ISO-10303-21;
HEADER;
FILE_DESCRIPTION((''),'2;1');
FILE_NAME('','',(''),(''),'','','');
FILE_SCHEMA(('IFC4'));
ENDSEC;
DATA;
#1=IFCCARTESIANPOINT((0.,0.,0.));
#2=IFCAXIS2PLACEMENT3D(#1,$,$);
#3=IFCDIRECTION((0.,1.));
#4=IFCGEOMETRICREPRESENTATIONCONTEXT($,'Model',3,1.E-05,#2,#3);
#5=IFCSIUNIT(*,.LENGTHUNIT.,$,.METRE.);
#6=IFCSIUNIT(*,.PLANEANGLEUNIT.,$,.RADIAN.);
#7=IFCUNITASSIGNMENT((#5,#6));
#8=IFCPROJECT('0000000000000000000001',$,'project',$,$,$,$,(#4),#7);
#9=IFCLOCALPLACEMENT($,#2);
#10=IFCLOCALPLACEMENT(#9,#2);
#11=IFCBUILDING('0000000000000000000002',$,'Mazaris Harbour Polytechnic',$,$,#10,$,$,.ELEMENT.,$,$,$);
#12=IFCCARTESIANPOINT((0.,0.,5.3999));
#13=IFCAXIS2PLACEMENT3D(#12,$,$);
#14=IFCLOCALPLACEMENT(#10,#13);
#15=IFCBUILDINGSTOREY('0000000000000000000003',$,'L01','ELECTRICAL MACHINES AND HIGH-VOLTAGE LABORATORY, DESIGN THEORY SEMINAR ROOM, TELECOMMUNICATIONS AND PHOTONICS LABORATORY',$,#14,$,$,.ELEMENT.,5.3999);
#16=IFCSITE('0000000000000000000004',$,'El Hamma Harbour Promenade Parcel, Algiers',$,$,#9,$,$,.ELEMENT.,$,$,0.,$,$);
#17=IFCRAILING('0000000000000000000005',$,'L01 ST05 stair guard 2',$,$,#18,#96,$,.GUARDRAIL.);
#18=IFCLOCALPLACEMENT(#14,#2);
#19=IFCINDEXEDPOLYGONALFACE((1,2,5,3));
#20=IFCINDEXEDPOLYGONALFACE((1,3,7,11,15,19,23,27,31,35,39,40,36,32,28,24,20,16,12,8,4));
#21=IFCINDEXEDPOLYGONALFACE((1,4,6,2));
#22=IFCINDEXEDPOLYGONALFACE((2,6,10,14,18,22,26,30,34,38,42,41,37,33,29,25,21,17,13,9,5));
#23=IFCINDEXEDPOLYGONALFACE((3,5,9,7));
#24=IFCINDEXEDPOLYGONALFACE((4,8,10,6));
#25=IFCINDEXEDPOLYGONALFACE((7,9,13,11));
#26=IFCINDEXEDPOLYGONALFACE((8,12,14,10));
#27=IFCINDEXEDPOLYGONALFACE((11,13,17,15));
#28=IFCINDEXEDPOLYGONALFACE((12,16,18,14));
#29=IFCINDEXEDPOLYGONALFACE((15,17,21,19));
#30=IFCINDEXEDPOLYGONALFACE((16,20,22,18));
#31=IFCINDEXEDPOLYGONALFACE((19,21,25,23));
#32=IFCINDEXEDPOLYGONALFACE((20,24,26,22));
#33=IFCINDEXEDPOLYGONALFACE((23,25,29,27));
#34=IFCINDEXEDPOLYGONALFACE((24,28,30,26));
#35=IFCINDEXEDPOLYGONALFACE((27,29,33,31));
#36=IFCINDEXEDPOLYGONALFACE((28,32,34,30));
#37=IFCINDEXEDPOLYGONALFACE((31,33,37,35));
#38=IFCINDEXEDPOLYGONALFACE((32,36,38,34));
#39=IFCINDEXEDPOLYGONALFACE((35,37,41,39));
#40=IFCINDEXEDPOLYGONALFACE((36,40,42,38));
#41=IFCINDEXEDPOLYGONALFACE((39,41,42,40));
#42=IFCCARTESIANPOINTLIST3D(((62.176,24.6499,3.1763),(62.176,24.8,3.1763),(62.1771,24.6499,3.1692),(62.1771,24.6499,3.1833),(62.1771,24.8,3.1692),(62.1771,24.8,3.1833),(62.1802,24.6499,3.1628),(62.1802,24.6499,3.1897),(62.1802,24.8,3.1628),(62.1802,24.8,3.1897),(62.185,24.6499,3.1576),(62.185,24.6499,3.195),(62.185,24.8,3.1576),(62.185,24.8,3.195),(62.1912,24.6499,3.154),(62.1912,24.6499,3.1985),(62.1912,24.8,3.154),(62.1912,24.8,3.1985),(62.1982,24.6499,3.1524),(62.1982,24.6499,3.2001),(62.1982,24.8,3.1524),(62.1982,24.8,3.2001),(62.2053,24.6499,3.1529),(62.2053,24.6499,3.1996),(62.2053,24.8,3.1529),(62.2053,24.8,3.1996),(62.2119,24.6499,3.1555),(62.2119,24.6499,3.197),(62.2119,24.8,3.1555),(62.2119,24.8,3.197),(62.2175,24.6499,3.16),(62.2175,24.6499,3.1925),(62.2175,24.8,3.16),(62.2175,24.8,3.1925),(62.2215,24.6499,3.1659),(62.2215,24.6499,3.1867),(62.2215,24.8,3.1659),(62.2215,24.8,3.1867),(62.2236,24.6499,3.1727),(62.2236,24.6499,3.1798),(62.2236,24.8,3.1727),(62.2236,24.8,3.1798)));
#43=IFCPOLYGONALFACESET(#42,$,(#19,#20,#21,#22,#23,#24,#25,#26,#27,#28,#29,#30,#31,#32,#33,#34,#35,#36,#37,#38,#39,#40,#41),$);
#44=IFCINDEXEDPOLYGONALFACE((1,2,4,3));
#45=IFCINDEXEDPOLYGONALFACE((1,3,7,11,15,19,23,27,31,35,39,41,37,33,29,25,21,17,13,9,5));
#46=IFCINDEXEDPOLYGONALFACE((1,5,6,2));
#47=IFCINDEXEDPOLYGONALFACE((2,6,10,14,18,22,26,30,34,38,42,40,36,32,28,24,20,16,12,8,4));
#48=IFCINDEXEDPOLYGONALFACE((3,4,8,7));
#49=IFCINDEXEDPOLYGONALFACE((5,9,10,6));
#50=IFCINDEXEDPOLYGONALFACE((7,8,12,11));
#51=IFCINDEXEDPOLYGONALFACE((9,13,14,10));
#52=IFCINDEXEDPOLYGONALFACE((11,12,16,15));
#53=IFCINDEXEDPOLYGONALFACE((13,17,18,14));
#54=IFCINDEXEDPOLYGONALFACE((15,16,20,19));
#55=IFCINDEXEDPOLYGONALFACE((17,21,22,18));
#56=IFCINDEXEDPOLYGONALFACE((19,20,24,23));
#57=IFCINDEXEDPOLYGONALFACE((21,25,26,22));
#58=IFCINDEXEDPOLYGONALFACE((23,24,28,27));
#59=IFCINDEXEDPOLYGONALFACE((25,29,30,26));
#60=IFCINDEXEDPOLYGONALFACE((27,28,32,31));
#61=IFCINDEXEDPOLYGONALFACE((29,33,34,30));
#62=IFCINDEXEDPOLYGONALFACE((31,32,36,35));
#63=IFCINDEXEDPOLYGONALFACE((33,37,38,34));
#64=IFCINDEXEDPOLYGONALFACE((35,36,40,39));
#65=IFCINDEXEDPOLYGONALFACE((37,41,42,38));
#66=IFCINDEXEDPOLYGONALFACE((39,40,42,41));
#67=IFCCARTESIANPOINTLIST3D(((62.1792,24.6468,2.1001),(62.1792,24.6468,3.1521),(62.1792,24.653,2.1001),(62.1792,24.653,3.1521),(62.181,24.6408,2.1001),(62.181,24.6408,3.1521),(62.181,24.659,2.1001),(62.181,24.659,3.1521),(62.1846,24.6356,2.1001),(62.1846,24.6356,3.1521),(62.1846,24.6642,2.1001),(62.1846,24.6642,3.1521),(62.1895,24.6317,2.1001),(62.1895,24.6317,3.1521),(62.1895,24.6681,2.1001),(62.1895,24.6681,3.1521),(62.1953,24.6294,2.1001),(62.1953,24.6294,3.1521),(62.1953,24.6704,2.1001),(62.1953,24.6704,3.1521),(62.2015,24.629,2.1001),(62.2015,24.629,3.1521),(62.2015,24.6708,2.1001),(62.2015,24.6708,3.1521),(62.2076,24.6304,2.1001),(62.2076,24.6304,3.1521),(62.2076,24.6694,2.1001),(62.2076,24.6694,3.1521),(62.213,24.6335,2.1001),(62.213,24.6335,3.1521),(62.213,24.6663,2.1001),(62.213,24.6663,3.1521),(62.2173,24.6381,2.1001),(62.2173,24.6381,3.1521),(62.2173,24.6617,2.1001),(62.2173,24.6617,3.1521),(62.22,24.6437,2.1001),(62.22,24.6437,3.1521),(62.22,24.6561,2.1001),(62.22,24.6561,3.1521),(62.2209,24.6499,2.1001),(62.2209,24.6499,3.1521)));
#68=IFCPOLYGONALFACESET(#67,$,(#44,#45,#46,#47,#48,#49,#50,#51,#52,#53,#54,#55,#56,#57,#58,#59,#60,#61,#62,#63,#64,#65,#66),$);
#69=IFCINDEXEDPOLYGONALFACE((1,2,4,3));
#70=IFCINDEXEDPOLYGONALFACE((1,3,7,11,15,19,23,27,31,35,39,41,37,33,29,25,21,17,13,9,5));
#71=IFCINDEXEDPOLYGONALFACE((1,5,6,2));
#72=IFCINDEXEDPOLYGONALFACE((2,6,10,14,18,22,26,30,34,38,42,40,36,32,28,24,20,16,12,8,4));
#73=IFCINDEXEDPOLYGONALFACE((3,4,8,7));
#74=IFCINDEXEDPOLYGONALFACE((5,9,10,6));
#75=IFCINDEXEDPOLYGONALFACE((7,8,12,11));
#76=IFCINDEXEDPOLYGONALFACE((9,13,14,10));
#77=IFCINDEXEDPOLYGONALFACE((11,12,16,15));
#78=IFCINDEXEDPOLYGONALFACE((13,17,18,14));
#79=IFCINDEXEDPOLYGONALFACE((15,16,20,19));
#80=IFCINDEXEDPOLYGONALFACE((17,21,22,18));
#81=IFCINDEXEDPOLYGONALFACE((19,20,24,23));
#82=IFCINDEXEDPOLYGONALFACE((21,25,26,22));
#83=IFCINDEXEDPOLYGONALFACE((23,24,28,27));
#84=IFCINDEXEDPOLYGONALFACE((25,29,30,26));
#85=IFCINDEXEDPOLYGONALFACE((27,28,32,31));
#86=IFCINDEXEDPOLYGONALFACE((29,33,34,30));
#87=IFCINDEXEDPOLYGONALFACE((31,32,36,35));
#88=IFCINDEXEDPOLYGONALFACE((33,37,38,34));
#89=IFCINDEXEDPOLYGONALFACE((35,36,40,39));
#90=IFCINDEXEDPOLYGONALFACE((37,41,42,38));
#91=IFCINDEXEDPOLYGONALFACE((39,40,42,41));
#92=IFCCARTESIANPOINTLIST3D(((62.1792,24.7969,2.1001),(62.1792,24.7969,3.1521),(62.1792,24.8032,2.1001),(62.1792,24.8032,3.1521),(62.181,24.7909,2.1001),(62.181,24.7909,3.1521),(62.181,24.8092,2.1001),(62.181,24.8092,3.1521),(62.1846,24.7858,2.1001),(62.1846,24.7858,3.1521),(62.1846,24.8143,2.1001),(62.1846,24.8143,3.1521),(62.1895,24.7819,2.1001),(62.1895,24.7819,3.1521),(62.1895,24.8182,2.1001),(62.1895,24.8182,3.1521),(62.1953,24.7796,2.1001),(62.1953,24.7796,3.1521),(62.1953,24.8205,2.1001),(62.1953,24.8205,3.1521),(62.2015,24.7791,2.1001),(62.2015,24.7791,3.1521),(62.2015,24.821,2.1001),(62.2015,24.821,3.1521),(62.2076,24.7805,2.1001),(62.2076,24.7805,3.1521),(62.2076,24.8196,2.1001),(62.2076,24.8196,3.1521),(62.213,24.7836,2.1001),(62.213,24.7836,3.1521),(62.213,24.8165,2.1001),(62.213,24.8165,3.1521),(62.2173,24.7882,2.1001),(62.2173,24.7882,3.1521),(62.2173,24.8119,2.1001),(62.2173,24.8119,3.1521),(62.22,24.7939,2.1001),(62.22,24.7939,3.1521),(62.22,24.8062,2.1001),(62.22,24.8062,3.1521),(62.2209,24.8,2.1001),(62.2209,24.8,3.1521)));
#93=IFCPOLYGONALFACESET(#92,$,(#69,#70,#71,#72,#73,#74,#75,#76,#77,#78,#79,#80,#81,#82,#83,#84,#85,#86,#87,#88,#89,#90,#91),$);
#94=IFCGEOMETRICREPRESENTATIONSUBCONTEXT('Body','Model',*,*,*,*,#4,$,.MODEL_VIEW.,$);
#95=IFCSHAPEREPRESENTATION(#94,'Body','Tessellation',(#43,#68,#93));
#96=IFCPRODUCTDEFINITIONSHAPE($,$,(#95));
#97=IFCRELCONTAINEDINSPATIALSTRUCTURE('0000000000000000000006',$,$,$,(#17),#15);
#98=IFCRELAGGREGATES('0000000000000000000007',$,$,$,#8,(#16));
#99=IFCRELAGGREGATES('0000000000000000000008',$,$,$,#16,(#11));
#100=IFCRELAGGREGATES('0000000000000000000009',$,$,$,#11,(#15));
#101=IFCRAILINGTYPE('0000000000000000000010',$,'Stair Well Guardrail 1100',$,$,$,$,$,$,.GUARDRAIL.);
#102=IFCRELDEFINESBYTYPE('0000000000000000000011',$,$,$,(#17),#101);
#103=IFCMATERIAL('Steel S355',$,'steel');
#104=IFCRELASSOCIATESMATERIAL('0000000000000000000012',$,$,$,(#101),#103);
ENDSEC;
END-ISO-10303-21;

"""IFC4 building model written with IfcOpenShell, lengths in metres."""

from ifc_helpers import new_model, si_unit, direction, frame, origin, origin_2d, place, context, subcontext, project, spatial, circle, extrude, material, type_object, element, save


model = new_model("IFC4")

# Units and contexts
model_context = context("Model", 3, precision=1e-05, world=origin(), true_north=direction((0.0, 1.0)))
body_context = subcontext(model_context, "Body", "Model", "MODEL_VIEW")
ifc_project = project(units=[si_unit("LENGTHUNIT", "METRE"), si_unit("PLANEANGLEUNIT", "RADIAN")], contexts=[model_context])

# Site, building, storey
site_placement = place(None, origin())
site = spatial("IfcSite", under=ifc_project, at=site_placement, Name="El Hamma Harbour Promenade Parcel, Algiers", CompositionType="ELEMENT", RefElevation=0.0)
building_placement = place(site_placement, origin())
building = spatial("IfcBuilding", under=site, at=building_placement, Name="Mazaris Harbour Polytechnic", CompositionType="ELEMENT")
storey_placement = place(building_placement, frame((0.0, 0.0, 5.3999)))
storey = spatial("IfcBuildingStorey", under=building, at=storey_placement, Name="L01", Description="ELECTRICAL MACHINES AND HIGH-VOLTAGE LABORATORY, DESIGN THEORY SEMINAR ROOM, TELECOMMUNICATIONS AND PHOTONICS LABORATORY", CompositionType="ELEMENT", Elevation=5.3999)

# Railing
ifc_material_1 = material(Name="Steel S355", Category="steel")
railing_type_1 = type_object("IfcRailingType", Name="Stair Well Guardrail 1100", PredefinedType="GUARDRAIL", material=ifc_material_1)
railing_1_placement = place(storey_placement, frame((62.2, 24.6499, 2.1001)))
element("IfcRailing", 1, at=railing_1_placement, inside=storey, type_object=railing_type_1, Name="L01 ST05 stair guard 2", PredefinedType="GUARDRAIL", context=body_context, shape_type="SweptSolid", body=[
    extrude(circle(Radius=0.0239, at=origin_2d()), frame((0.0, 0.0, 1.0762), z_axis=(0.0, 1.0, 0.0), x_axis=(-1.0, 0.0, 0.0)), (0.0, 0.0, 1.0), 0.1501),
    extrude(circle(Radius=0.021, at=origin_2d()), origin(), (0.0, 0.0, 1.0), 1.052),
    extrude(circle(Radius=0.021, at=origin_2d()), frame((0.0, 0.1501, 0.0)), (0.0, 0.0, 1.0), 1.052),
])

save(model, "model.ifc")
